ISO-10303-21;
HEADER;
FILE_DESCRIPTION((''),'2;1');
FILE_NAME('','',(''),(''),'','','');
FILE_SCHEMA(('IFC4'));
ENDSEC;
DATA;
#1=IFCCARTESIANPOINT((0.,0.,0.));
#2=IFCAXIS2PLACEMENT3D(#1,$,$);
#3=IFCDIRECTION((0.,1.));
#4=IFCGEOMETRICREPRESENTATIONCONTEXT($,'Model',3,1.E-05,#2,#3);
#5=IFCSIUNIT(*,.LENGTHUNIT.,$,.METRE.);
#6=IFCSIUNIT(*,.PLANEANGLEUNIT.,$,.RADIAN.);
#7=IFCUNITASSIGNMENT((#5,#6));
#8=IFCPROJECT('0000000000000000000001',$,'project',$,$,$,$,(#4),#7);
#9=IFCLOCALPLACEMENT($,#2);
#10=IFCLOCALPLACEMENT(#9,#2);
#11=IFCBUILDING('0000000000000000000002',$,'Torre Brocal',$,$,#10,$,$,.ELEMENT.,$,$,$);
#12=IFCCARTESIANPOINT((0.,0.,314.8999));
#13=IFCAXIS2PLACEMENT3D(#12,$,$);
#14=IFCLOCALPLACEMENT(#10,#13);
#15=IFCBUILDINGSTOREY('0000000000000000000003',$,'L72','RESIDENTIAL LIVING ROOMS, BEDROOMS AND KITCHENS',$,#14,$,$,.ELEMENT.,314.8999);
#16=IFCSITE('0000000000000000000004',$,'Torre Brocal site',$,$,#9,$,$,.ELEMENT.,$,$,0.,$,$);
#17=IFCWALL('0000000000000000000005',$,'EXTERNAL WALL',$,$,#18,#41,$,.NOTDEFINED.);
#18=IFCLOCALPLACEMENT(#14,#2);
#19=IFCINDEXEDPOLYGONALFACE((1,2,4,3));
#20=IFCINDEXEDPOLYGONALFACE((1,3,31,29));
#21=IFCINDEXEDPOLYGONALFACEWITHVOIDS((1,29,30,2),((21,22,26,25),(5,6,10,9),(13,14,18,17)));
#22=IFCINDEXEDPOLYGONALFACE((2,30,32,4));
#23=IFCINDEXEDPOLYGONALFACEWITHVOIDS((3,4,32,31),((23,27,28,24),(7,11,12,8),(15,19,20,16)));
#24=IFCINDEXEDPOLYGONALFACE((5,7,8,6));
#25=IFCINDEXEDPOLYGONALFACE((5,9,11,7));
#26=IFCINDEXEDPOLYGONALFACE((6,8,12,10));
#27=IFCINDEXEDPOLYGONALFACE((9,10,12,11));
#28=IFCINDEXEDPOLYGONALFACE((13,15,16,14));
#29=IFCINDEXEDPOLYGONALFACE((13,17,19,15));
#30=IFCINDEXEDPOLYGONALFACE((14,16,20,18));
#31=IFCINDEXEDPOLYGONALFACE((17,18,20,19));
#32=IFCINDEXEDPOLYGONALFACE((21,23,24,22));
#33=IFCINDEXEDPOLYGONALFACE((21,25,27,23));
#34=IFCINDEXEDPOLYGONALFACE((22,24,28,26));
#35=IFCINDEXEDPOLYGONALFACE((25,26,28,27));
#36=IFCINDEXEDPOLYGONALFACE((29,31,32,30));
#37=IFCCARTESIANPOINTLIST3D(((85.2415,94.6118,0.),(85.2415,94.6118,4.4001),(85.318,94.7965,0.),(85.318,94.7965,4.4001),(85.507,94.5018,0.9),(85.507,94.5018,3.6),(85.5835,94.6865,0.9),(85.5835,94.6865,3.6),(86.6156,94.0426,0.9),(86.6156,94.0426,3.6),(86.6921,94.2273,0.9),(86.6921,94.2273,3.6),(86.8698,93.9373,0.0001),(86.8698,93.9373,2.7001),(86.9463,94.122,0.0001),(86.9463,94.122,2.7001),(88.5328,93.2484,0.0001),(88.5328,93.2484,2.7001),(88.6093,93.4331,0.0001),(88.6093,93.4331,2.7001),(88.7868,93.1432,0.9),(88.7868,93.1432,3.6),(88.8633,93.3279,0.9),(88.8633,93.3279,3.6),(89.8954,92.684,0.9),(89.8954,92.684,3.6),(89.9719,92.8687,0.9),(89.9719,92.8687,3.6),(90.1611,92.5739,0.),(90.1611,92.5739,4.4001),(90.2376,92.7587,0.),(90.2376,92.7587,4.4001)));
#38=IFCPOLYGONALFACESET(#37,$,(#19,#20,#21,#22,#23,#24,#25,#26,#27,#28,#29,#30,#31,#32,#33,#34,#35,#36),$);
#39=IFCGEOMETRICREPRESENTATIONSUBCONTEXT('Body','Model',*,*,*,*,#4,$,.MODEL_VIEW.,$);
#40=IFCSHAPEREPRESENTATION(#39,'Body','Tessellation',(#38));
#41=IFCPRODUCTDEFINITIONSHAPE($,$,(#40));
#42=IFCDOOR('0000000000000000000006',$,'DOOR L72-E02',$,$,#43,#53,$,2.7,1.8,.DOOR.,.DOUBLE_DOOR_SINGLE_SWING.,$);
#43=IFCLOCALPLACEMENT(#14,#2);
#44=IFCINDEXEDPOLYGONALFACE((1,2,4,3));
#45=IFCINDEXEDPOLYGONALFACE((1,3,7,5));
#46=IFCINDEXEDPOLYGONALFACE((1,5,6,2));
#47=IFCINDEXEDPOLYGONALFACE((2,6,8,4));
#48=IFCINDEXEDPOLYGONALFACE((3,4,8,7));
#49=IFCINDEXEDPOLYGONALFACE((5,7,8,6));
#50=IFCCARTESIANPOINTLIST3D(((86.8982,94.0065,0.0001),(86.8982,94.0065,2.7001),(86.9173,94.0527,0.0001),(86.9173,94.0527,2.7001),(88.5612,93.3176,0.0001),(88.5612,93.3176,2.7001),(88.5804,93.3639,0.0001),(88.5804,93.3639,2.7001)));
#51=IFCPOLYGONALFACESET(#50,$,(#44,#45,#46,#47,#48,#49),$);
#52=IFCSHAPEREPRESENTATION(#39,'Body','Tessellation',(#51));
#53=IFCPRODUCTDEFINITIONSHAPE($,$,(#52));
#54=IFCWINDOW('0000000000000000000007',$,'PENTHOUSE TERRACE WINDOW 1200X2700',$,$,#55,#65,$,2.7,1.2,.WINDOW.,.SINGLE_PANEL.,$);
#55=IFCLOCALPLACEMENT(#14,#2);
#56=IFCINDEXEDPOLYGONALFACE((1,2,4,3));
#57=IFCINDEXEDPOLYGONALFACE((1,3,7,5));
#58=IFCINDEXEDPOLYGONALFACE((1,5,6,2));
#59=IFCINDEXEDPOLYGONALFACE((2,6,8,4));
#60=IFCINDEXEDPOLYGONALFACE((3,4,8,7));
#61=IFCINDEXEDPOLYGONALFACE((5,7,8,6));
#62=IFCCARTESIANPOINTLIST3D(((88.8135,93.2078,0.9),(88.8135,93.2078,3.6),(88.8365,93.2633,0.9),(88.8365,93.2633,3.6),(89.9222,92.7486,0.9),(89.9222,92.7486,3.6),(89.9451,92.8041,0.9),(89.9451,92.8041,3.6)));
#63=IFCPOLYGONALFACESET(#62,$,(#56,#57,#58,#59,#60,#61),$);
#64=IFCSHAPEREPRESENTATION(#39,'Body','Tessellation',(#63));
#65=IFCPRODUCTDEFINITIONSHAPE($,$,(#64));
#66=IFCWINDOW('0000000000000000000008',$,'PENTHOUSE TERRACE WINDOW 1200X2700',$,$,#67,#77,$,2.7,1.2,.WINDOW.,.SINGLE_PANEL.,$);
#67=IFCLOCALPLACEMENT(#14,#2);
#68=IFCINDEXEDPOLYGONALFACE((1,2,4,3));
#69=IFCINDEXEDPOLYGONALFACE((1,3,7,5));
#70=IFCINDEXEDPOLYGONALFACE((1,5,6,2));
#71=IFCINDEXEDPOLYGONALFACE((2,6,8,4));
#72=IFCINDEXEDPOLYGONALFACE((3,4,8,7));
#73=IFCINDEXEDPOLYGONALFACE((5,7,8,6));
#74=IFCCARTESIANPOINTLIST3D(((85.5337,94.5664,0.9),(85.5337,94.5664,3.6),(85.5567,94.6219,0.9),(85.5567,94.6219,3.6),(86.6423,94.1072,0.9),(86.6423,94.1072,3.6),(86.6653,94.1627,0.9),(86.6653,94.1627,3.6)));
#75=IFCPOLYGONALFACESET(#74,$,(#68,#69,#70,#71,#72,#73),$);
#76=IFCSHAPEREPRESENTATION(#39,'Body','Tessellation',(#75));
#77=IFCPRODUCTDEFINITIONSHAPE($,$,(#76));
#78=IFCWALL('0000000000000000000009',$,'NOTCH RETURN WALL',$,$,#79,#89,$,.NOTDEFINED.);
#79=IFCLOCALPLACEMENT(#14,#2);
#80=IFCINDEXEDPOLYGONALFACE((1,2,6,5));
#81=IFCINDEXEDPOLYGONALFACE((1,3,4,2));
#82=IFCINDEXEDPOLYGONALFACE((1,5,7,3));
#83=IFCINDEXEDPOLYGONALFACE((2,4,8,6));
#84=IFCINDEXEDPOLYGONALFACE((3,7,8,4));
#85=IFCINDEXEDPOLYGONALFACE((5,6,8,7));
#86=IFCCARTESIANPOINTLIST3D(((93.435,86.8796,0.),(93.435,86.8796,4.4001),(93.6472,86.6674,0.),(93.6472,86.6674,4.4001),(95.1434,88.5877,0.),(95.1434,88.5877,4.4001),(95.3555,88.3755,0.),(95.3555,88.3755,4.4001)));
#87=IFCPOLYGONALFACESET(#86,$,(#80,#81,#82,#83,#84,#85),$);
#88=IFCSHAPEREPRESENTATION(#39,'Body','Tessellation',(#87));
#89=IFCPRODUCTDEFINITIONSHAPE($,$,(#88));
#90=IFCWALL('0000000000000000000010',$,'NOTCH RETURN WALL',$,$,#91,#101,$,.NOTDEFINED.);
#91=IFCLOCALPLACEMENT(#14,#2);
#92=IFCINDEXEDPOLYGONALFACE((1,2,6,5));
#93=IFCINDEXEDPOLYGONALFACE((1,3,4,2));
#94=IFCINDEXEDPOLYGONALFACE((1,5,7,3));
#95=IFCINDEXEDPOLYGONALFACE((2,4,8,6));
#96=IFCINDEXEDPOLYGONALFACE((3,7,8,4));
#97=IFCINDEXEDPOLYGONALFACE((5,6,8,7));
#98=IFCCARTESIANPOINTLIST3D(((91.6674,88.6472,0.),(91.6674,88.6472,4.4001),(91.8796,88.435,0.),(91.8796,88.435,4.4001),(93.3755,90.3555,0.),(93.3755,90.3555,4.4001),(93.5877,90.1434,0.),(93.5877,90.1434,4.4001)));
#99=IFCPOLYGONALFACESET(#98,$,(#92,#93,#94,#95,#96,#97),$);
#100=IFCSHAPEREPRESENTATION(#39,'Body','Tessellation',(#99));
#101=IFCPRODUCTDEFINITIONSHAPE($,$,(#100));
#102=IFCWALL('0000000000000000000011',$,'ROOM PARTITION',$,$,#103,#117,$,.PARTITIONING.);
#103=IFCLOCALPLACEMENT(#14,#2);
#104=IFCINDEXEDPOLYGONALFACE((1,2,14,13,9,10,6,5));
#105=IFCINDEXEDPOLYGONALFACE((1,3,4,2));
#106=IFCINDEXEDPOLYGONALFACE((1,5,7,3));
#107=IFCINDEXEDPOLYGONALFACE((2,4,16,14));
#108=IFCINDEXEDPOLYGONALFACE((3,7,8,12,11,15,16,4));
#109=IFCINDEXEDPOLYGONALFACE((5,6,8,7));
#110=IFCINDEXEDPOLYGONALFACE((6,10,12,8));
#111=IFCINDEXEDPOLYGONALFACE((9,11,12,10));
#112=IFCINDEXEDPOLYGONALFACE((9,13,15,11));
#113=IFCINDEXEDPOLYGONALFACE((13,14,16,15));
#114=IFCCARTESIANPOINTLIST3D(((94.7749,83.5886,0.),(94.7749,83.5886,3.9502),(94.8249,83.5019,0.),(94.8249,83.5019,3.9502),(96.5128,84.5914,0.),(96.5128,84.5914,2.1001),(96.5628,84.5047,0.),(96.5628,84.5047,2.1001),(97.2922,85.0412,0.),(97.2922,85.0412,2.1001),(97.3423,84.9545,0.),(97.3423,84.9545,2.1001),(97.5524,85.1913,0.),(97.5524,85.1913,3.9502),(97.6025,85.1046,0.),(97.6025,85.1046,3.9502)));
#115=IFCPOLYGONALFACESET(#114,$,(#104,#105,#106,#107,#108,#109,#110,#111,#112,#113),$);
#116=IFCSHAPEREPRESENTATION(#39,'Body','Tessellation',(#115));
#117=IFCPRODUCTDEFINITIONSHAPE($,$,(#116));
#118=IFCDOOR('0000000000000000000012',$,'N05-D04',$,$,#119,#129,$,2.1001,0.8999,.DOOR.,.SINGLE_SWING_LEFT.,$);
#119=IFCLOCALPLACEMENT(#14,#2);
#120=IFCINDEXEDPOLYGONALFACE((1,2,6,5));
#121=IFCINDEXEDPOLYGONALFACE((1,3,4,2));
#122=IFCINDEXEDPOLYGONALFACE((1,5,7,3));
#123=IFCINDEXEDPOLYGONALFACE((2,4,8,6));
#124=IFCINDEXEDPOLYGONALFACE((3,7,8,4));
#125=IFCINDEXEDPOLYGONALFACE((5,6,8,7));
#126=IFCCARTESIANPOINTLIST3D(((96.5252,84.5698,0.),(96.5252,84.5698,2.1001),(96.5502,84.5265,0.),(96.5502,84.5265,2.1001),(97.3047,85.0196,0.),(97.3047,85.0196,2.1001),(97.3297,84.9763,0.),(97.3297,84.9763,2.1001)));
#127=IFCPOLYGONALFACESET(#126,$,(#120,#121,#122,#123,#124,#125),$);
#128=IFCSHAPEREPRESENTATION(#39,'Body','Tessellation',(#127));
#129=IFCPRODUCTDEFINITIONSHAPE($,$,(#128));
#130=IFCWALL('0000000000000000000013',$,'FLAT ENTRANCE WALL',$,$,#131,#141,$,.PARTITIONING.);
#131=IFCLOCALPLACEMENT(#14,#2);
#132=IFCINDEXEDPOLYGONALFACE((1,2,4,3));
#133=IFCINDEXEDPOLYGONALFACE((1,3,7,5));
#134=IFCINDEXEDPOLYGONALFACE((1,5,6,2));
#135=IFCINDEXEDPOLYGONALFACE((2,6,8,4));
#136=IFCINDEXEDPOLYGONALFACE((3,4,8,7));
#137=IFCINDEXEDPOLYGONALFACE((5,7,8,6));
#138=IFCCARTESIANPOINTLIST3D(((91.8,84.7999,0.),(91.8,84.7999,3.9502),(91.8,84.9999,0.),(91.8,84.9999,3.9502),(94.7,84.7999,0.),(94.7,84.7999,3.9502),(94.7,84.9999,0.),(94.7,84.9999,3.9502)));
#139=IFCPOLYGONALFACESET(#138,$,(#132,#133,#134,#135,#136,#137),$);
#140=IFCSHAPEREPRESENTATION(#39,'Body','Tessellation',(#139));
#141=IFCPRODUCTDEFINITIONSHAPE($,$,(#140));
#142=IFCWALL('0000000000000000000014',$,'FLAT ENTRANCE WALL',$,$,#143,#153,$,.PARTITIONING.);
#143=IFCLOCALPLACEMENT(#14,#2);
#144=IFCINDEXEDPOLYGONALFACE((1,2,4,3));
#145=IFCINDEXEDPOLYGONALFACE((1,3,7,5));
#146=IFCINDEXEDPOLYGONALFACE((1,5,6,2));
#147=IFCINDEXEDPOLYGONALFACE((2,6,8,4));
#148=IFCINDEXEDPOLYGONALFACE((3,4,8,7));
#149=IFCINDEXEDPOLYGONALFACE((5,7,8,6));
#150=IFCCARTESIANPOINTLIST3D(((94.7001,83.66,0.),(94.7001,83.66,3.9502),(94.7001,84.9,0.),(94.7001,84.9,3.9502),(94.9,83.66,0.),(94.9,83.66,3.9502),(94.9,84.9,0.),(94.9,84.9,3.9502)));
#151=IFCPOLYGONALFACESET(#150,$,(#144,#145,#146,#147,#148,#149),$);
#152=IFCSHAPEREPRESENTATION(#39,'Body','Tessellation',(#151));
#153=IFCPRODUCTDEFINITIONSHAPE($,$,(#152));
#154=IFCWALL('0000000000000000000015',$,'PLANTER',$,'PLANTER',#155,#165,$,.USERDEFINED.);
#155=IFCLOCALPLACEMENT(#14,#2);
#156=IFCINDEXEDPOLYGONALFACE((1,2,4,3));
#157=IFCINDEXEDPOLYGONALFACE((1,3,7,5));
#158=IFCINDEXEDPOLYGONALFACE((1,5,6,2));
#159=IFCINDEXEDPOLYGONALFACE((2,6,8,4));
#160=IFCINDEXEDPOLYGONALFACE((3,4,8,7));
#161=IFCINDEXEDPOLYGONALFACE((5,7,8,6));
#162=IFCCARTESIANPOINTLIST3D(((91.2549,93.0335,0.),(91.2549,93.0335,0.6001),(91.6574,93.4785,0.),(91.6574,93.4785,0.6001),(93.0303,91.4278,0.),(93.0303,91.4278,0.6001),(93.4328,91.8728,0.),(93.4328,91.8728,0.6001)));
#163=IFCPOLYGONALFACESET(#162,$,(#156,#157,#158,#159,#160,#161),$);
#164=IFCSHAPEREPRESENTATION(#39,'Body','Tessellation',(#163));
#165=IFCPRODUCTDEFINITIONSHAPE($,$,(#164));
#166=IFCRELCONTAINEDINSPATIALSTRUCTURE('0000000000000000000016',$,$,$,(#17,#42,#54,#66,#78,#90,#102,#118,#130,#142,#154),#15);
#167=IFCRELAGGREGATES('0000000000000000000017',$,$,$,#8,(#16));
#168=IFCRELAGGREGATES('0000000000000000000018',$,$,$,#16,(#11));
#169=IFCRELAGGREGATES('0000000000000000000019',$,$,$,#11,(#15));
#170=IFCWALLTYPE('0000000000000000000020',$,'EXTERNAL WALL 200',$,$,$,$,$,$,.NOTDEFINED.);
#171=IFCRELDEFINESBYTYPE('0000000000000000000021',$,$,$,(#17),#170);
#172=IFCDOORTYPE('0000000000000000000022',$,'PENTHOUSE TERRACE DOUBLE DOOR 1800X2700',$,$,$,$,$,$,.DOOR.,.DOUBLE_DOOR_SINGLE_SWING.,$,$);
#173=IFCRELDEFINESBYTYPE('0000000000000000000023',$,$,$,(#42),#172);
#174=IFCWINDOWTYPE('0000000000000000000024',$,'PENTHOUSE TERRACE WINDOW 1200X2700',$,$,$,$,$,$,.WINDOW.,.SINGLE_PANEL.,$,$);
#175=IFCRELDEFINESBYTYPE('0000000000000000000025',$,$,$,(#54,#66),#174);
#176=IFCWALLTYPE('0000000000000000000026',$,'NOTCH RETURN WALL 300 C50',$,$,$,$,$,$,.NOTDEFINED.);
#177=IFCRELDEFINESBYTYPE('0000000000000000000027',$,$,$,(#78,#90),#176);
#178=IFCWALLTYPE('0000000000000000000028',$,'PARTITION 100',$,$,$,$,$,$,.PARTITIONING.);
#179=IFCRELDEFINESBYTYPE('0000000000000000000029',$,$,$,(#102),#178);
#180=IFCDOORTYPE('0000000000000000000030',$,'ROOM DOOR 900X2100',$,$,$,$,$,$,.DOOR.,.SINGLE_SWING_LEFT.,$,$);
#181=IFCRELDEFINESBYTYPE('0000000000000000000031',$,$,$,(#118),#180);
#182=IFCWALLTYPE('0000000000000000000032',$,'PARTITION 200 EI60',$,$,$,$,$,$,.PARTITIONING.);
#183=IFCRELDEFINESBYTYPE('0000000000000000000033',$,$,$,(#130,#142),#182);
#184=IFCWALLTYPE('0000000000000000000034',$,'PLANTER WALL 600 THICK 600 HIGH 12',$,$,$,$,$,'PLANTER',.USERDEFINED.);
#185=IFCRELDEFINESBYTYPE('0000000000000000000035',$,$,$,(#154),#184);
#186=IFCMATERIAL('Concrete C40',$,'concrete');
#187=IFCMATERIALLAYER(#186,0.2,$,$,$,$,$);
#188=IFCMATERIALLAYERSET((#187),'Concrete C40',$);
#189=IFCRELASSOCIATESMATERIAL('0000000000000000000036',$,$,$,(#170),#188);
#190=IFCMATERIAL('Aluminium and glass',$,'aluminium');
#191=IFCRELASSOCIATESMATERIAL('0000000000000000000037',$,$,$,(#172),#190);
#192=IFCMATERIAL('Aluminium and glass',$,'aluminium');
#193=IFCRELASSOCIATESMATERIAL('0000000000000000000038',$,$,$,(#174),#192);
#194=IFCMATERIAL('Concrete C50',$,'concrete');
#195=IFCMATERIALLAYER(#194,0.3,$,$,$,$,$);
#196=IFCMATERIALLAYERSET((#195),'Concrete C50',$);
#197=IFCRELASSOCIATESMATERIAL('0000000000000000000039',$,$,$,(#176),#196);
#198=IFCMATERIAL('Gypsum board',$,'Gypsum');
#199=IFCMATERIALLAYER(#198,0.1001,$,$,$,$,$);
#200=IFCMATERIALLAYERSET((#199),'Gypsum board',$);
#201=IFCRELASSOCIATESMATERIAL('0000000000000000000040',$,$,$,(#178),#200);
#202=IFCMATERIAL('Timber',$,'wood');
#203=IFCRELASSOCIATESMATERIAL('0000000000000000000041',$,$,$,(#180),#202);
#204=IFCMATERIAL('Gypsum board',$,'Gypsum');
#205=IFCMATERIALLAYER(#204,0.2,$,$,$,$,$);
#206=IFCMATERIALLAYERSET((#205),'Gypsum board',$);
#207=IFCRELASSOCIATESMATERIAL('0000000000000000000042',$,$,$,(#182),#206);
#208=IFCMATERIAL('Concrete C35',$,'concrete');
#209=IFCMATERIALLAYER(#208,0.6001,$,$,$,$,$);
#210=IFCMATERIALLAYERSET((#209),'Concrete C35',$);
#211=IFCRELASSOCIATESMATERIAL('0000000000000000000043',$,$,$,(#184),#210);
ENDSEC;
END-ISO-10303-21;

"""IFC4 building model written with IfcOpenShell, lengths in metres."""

from ifc_helpers import new_model, si_unit, direction, frame, frame_2d, origin, place, context, subcontext, project, spatial, rectangle, extrude, material, layer, layer_set, type_object, element, fill, save


model = new_model("IFC4")

# Units and contexts
model_context = context("Model", 3, precision=1e-05, world=origin(), true_north=direction((0.0, 1.0)))
body_context = subcontext(model_context, "Body", "Model", "MODEL_VIEW")
ifc_project = project(units=[si_unit("LENGTHUNIT", "METRE"), si_unit("PLANEANGLEUNIT", "RADIAN")], contexts=[model_context])

# Site, building, storey
site_placement = place(None, origin())
site = spatial("IfcSite", under=ifc_project, at=site_placement, Name="Torre Brocal site", CompositionType="ELEMENT", RefElevation=0.0)
building_placement = place(site_placement, origin())
building = spatial("IfcBuilding", under=site, at=building_placement, Name="Torre Brocal", CompositionType="ELEMENT")
storey_placement = place(building_placement, frame((0.0, 0.0, 314.8999)))
storey = spatial("IfcBuildingStorey", under=building, at=storey_placement, Name="L72", Description="RESIDENTIAL LIVING ROOMS, BEDROOMS AND KITCHENS", CompositionType="ELEMENT", Elevation=314.8999)

# Shared definitions
ifc_material_1 = material(Name="Concrete C40", Category="concrete")
ifc_layer_1 = layer(ifc_material_1, 0.2)
ifc_layer_set_1 = layer_set([ifc_layer_1], Name="Concrete C40")
wall_type_1 = type_object("IfcWallType", Name="EXTERNAL WALL 200", PredefinedType="NOTDEFINED", material=ifc_layer_set_1)
ifc_material_2 = material(Name="Aluminium and glass", Category="aluminium")
door_type_1 = type_object("IfcDoorType", Name="PENTHOUSE TERRACE DOUBLE DOOR 1800X2700", OperationType="DOUBLE_DOOR_SINGLE_SWING", PredefinedType="DOOR", material=ifc_material_2)
ifc_material_3 = material(Name="Aluminium and glass", Category="aluminium")
window_type = type_object("IfcWindowType", Name="PENTHOUSE TERRACE WINDOW 1200X2700", PartitioningType="SINGLE_PANEL", PredefinedType="WINDOW", material=ifc_material_3)

# Wall, openings, door, windows
wall_1_placement = place(storey_placement, frame((90.1995, 92.6663, 0.0), z_axis=(0.0, 0.0, 1.0), x_axis=(-0.923877, 0.382691, 0.0)))
wall_1 = element("IfcWall", 1, at=wall_1_placement, inside=storey, type_object=wall_type_1, Name="EXTERNAL WALL", PredefinedType="NOTDEFINED", context=body_context, shape_type="SweptSolid", body=[
    extrude(rectangle(XDim=5.325, YDim=0.2, at=frame_2d((2.6626, 0.0))), origin(), (0.0, 0.0, 1.0), 4.4001),
])
opening_1_placement = place(wall_1_placement, frame((0.2876, 0.0, 0.8999)))
opening_1 = element("IfcOpeningElement", 2, at=opening_1_placement, cuts=wall_1, PredefinedType="OPENING", context=body_context, shape_type="SweptSolid", body=[
    extrude(rectangle(XDim=1.2, YDim=2.7, at=frame_2d((0.6001, 1.3501))), frame((0.0, 0.1099, 0.0), z_axis=(0.0, -1.0, 0.0), x_axis=(1.0, 0.0, 0.0)), (0.0, 0.0, 1.0), 0.22),
])
opening_2_placement = place(wall_1_placement, frame((1.7627, 0.0, 0.0)))
opening_2 = element("IfcOpeningElement", 3, at=opening_2_placement, cuts=wall_1, PredefinedType="OPENING", context=body_context, shape_type="SweptSolid", body=[
    extrude(rectangle(XDim=1.8, YDim=2.7, at=frame_2d((0.8999, 1.3501))), frame((0.0, 0.1099, 0.0), z_axis=(0.0, -1.0, 0.0), x_axis=(1.0, 0.0, 0.0)), (0.0, 0.0, 1.0), 0.22),
])
opening_3_placement = place(wall_1_placement, frame((3.8376, 0.0, 0.8999)))
opening_3 = element("IfcOpeningElement", 4, at=opening_3_placement, cuts=wall_1, PredefinedType="OPENING", context=body_context, shape_type="SweptSolid", body=[
    extrude(rectangle(XDim=1.2, YDim=2.7, at=frame_2d((0.6001, 1.3501))), frame((0.0, 0.1099, 0.0), z_axis=(0.0, -1.0, 0.0), x_axis=(1.0, 0.0, 0.0)), (0.0, 0.0, 1.0), 0.22),
])
door_1_placement = place(opening_2_placement, frame((1.8, 0.0, 0.0), z_axis=(0.0, 0.0, 1.0), x_axis=(-1.0, 0.0, 0.0)))
door_1 = element("IfcDoor", 5, at=door_1_placement, inside=storey, type_object=door_type_1, Name="DOOR L72-E02", OperationType="DOUBLE_DOOR_SINGLE_SWING", OverallHeight=2.7, OverallWidth=1.8, PredefinedType="DOOR", context=body_context, shape_type="SweptSolid", body=[
    extrude(rectangle(XDim=1.8, YDim=2.7, at=frame_2d((0.8999, 1.3501))), frame((0.0, 0.0249, 0.0), z_axis=(0.0, -1.0, 0.0), x_axis=(1.0, 0.0, 0.0)), (0.0, 0.0, 1.0), 0.05),
])
fill(opening_2, door_1)
window_1_placement = place(opening_1_placement, origin())
window_1 = element("IfcWindow", 6, at=window_1_placement, inside=storey, type_object=window_type, Name="PENTHOUSE TERRACE WINDOW 1200X2700", OverallHeight=2.7, OverallWidth=1.2, PartitioningType="SINGLE_PANEL", PredefinedType="WINDOW", context=body_context, shape_type="SweptSolid", body=[
    extrude(rectangle(XDim=1.2, YDim=2.7, at=frame_2d((0.6001, 1.3501))), frame((0.0, 0.03, 0.0), z_axis=(0.0, -1.0, 0.0), x_axis=(1.0, 0.0, 0.0)), (0.0, 0.0, 1.0), 0.0601),
])
fill(opening_1, window_1)
window_2_placement = place(opening_3_placement, origin())
window_2 = element("IfcWindow", 7, at=window_2_placement, inside=storey, type_object=window_type, Name="PENTHOUSE TERRACE WINDOW 1200X2700", OverallHeight=2.7, OverallWidth=1.2, PartitioningType="SINGLE_PANEL", PredefinedType="WINDOW", context=body_context, shape_type="SweptSolid", body=[
    extrude(rectangle(XDim=1.2, YDim=2.7, at=frame_2d((0.6001, 1.3501))), frame((0.0, 0.03, 0.0), z_axis=(0.0, -1.0, 0.0), x_axis=(1.0, 0.0, 0.0)), (0.0, 0.0, 1.0), 0.0601),
])
fill(opening_3, window_2)

# Walls
ifc_material_4 = material(Name="Concrete C50", Category="concrete")
ifc_layer_2 = layer(ifc_material_4, 0.3)
ifc_layer_set_2 = layer_set([ifc_layer_2], Name="Concrete C50")
wall_type_2 = type_object("IfcWallType", Name="NOTCH RETURN WALL 300 C50", PredefinedType="NOTDEFINED", material=ifc_layer_set_2)
for number, where, z_axis, x_axis, name in (
    (8, (93.541, 86.7734, 0.0), (0.0, 0.0, 1.0), (0.707157, 0.707056, 0.0), "NOTCH RETURN WALL"),
    (9, (91.7734, 88.541, 0.0), (0.0, 0.0, 1.0), (0.707056, 0.707157, 0.0), "NOTCH RETURN WALL"),
):
    element("IfcWall", number, at=place(storey_placement, frame(where, z_axis=z_axis, x_axis=x_axis)), inside=storey, type_object=wall_type_2, Name=name, PredefinedType="NOTDEFINED", context=body_context, shape_type="SweptSolid", body=[
        extrude(rectangle(XDim=2.4158, YDim=0.3, at=frame_2d((1.208, 0.0))), origin(), (0.0, 0.0, 1.0), 4.4001),
    ])

# Wall, opening, door
ifc_material_5 = material(Name="Gypsum board", Category="Gypsum")
ifc_layer_3 = layer(ifc_material_5, 0.1001)
ifc_layer_set_3 = layer_set([ifc_layer_3], Name="Gypsum board")
wall_type_3 = type_object("IfcWallType", Name="PARTITION 100", PredefinedType="PARTITIONING", material=ifc_layer_set_3)
wall_2_placement = place(storey_placement, frame((94.7998, 83.5452, 0.0), z_axis=(0.0, 0.0, 1.0), x_axis=(0.866141, 0.499799, 0.0)))
wall_2 = element("IfcWall", 10, at=wall_2_placement, inside=storey, type_object=wall_type_3, Name="ROOM PARTITION", PredefinedType="PARTITIONING", context=body_context, shape_type="SweptSolid", body=[
    extrude(rectangle(XDim=3.2068, YDim=0.1001, at=frame_2d((1.6035, 0.0))), origin(), (0.0, 0.0, 1.0), 3.9502),
])
opening_4_placement = place(wall_2_placement, frame((2.0066, 0.0, 0.0)))
opening_4 = element("IfcOpeningElement", 11, at=opening_4_placement, cuts=wall_2, PredefinedType="OPENING", context=body_context, shape_type="SweptSolid", body=[
    extrude(rectangle(XDim=0.8999, YDim=2.1001, at=frame_2d((0.45, 1.05))), frame((0.0, 0.0601, 0.0), z_axis=(0.0, -1.0, 0.0), x_axis=(1.0, 0.0, 0.0)), (0.0, 0.0, 1.0), 0.1201),
])
ifc_material_6 = material(Name="Timber", Category="wood")
door_type_2 = type_object("IfcDoorType", Name="ROOM DOOR 900X2100", OperationType="SINGLE_SWING_LEFT", PredefinedType="DOOR", material=ifc_material_6)
door_2_placement = place(opening_4_placement, frame((0.8999, 0.0, 0.0), z_axis=(0.0, 0.0, 1.0), x_axis=(-1.0, 0.0, 0.0)))
door_2 = element("IfcDoor", 12, at=door_2_placement, inside=storey, type_object=door_type_2, Name="N05-D04", OperationType="SINGLE_SWING_LEFT", OverallHeight=2.1001, OverallWidth=0.8999, PredefinedType="DOOR", context=body_context, shape_type="SweptSolid", body=[
    extrude(rectangle(XDim=0.8999, YDim=2.1001, at=frame_2d((0.45, 1.05))), frame((0.0, 0.0249, 0.0), z_axis=(0.0, -1.0, 0.0), x_axis=(1.0, 0.0, 0.0)), (0.0, 0.0, 1.0), 0.05),
])
fill(opening_4, door_2)

# Walls
ifc_material_7 = material(Name="Gypsum board", Category="Gypsum")
ifc_layer_4 = layer(ifc_material_7, 0.2)
ifc_layer_set_4 = layer_set([ifc_layer_4], Name="Gypsum board")
wall_type_4 = type_object("IfcWallType", Name="PARTITION 200 EI60", PredefinedType="PARTITIONING", material=ifc_layer_set_4)
wall_3_placement = place(storey_placement, frame((91.8, 84.8999, 0.0), z_axis=(0.0, 0.0, 1.0), x_axis=(1.0, 0.0, 0.0)))
element("IfcWall", 13, at=wall_3_placement, inside=storey, type_object=wall_type_4, Name="FLAT ENTRANCE WALL", PredefinedType="PARTITIONING", context=body_context, shape_type="SweptSolid", body=[
    extrude(rectangle(XDim=2.8999, YDim=0.2, at=frame_2d((1.45, 0.0))), origin(), (0.0, 0.0, 1.0), 3.9502),
])
wall_4_placement = place(storey_placement, frame((94.8, 83.6599, 0.0), z_axis=(0.0, 0.0, 1.0), x_axis=(0.0, 1.0, 0.0)))
element("IfcWall", 14, at=wall_4_placement, inside=storey, type_object=wall_type_4, Name="FLAT ENTRANCE WALL", PredefinedType="PARTITIONING", context=body_context, shape_type="SweptSolid", body=[
    extrude(rectangle(XDim=1.24, YDim=0.2, at=frame_2d((0.6201, 0.0))), origin(), (0.0, 0.0, 1.0), 3.9502),
])
ifc_material_8 = material(Name="Concrete C35", Category="concrete")
ifc_layer_5 = layer(ifc_material_8, 0.6001)
ifc_layer_set_5 = layer_set([ifc_layer_5], Name="Concrete C35")
wall_type_5 = type_object("IfcWallType", Name="PLANTER WALL 600 THICK 600 HIGH 12", ElementType="PLANTER", PredefinedType="USERDEFINED", material=ifc_layer_set_5)
wall_5_placement = place(storey_placement, frame((93.2314, 91.6504, 0.0), z_axis=(0.0, 0.0, 1.0), x_axis=(-0.741659, 0.670777, 0.0)))
element("IfcWall", 15, at=wall_5_placement, inside=storey, type_object=wall_type_5, Name="PLANTER", ObjectType="PLANTER", PredefinedType="USERDEFINED", context=body_context, shape_type="SweptSolid", body=[
    extrude(rectangle(XDim=2.3938, YDim=0.6001, at=frame_2d((1.1968, 0.0))), origin(), (0.0, 0.0, 1.0), 0.6001),
])

save(model, "model.ifc")
